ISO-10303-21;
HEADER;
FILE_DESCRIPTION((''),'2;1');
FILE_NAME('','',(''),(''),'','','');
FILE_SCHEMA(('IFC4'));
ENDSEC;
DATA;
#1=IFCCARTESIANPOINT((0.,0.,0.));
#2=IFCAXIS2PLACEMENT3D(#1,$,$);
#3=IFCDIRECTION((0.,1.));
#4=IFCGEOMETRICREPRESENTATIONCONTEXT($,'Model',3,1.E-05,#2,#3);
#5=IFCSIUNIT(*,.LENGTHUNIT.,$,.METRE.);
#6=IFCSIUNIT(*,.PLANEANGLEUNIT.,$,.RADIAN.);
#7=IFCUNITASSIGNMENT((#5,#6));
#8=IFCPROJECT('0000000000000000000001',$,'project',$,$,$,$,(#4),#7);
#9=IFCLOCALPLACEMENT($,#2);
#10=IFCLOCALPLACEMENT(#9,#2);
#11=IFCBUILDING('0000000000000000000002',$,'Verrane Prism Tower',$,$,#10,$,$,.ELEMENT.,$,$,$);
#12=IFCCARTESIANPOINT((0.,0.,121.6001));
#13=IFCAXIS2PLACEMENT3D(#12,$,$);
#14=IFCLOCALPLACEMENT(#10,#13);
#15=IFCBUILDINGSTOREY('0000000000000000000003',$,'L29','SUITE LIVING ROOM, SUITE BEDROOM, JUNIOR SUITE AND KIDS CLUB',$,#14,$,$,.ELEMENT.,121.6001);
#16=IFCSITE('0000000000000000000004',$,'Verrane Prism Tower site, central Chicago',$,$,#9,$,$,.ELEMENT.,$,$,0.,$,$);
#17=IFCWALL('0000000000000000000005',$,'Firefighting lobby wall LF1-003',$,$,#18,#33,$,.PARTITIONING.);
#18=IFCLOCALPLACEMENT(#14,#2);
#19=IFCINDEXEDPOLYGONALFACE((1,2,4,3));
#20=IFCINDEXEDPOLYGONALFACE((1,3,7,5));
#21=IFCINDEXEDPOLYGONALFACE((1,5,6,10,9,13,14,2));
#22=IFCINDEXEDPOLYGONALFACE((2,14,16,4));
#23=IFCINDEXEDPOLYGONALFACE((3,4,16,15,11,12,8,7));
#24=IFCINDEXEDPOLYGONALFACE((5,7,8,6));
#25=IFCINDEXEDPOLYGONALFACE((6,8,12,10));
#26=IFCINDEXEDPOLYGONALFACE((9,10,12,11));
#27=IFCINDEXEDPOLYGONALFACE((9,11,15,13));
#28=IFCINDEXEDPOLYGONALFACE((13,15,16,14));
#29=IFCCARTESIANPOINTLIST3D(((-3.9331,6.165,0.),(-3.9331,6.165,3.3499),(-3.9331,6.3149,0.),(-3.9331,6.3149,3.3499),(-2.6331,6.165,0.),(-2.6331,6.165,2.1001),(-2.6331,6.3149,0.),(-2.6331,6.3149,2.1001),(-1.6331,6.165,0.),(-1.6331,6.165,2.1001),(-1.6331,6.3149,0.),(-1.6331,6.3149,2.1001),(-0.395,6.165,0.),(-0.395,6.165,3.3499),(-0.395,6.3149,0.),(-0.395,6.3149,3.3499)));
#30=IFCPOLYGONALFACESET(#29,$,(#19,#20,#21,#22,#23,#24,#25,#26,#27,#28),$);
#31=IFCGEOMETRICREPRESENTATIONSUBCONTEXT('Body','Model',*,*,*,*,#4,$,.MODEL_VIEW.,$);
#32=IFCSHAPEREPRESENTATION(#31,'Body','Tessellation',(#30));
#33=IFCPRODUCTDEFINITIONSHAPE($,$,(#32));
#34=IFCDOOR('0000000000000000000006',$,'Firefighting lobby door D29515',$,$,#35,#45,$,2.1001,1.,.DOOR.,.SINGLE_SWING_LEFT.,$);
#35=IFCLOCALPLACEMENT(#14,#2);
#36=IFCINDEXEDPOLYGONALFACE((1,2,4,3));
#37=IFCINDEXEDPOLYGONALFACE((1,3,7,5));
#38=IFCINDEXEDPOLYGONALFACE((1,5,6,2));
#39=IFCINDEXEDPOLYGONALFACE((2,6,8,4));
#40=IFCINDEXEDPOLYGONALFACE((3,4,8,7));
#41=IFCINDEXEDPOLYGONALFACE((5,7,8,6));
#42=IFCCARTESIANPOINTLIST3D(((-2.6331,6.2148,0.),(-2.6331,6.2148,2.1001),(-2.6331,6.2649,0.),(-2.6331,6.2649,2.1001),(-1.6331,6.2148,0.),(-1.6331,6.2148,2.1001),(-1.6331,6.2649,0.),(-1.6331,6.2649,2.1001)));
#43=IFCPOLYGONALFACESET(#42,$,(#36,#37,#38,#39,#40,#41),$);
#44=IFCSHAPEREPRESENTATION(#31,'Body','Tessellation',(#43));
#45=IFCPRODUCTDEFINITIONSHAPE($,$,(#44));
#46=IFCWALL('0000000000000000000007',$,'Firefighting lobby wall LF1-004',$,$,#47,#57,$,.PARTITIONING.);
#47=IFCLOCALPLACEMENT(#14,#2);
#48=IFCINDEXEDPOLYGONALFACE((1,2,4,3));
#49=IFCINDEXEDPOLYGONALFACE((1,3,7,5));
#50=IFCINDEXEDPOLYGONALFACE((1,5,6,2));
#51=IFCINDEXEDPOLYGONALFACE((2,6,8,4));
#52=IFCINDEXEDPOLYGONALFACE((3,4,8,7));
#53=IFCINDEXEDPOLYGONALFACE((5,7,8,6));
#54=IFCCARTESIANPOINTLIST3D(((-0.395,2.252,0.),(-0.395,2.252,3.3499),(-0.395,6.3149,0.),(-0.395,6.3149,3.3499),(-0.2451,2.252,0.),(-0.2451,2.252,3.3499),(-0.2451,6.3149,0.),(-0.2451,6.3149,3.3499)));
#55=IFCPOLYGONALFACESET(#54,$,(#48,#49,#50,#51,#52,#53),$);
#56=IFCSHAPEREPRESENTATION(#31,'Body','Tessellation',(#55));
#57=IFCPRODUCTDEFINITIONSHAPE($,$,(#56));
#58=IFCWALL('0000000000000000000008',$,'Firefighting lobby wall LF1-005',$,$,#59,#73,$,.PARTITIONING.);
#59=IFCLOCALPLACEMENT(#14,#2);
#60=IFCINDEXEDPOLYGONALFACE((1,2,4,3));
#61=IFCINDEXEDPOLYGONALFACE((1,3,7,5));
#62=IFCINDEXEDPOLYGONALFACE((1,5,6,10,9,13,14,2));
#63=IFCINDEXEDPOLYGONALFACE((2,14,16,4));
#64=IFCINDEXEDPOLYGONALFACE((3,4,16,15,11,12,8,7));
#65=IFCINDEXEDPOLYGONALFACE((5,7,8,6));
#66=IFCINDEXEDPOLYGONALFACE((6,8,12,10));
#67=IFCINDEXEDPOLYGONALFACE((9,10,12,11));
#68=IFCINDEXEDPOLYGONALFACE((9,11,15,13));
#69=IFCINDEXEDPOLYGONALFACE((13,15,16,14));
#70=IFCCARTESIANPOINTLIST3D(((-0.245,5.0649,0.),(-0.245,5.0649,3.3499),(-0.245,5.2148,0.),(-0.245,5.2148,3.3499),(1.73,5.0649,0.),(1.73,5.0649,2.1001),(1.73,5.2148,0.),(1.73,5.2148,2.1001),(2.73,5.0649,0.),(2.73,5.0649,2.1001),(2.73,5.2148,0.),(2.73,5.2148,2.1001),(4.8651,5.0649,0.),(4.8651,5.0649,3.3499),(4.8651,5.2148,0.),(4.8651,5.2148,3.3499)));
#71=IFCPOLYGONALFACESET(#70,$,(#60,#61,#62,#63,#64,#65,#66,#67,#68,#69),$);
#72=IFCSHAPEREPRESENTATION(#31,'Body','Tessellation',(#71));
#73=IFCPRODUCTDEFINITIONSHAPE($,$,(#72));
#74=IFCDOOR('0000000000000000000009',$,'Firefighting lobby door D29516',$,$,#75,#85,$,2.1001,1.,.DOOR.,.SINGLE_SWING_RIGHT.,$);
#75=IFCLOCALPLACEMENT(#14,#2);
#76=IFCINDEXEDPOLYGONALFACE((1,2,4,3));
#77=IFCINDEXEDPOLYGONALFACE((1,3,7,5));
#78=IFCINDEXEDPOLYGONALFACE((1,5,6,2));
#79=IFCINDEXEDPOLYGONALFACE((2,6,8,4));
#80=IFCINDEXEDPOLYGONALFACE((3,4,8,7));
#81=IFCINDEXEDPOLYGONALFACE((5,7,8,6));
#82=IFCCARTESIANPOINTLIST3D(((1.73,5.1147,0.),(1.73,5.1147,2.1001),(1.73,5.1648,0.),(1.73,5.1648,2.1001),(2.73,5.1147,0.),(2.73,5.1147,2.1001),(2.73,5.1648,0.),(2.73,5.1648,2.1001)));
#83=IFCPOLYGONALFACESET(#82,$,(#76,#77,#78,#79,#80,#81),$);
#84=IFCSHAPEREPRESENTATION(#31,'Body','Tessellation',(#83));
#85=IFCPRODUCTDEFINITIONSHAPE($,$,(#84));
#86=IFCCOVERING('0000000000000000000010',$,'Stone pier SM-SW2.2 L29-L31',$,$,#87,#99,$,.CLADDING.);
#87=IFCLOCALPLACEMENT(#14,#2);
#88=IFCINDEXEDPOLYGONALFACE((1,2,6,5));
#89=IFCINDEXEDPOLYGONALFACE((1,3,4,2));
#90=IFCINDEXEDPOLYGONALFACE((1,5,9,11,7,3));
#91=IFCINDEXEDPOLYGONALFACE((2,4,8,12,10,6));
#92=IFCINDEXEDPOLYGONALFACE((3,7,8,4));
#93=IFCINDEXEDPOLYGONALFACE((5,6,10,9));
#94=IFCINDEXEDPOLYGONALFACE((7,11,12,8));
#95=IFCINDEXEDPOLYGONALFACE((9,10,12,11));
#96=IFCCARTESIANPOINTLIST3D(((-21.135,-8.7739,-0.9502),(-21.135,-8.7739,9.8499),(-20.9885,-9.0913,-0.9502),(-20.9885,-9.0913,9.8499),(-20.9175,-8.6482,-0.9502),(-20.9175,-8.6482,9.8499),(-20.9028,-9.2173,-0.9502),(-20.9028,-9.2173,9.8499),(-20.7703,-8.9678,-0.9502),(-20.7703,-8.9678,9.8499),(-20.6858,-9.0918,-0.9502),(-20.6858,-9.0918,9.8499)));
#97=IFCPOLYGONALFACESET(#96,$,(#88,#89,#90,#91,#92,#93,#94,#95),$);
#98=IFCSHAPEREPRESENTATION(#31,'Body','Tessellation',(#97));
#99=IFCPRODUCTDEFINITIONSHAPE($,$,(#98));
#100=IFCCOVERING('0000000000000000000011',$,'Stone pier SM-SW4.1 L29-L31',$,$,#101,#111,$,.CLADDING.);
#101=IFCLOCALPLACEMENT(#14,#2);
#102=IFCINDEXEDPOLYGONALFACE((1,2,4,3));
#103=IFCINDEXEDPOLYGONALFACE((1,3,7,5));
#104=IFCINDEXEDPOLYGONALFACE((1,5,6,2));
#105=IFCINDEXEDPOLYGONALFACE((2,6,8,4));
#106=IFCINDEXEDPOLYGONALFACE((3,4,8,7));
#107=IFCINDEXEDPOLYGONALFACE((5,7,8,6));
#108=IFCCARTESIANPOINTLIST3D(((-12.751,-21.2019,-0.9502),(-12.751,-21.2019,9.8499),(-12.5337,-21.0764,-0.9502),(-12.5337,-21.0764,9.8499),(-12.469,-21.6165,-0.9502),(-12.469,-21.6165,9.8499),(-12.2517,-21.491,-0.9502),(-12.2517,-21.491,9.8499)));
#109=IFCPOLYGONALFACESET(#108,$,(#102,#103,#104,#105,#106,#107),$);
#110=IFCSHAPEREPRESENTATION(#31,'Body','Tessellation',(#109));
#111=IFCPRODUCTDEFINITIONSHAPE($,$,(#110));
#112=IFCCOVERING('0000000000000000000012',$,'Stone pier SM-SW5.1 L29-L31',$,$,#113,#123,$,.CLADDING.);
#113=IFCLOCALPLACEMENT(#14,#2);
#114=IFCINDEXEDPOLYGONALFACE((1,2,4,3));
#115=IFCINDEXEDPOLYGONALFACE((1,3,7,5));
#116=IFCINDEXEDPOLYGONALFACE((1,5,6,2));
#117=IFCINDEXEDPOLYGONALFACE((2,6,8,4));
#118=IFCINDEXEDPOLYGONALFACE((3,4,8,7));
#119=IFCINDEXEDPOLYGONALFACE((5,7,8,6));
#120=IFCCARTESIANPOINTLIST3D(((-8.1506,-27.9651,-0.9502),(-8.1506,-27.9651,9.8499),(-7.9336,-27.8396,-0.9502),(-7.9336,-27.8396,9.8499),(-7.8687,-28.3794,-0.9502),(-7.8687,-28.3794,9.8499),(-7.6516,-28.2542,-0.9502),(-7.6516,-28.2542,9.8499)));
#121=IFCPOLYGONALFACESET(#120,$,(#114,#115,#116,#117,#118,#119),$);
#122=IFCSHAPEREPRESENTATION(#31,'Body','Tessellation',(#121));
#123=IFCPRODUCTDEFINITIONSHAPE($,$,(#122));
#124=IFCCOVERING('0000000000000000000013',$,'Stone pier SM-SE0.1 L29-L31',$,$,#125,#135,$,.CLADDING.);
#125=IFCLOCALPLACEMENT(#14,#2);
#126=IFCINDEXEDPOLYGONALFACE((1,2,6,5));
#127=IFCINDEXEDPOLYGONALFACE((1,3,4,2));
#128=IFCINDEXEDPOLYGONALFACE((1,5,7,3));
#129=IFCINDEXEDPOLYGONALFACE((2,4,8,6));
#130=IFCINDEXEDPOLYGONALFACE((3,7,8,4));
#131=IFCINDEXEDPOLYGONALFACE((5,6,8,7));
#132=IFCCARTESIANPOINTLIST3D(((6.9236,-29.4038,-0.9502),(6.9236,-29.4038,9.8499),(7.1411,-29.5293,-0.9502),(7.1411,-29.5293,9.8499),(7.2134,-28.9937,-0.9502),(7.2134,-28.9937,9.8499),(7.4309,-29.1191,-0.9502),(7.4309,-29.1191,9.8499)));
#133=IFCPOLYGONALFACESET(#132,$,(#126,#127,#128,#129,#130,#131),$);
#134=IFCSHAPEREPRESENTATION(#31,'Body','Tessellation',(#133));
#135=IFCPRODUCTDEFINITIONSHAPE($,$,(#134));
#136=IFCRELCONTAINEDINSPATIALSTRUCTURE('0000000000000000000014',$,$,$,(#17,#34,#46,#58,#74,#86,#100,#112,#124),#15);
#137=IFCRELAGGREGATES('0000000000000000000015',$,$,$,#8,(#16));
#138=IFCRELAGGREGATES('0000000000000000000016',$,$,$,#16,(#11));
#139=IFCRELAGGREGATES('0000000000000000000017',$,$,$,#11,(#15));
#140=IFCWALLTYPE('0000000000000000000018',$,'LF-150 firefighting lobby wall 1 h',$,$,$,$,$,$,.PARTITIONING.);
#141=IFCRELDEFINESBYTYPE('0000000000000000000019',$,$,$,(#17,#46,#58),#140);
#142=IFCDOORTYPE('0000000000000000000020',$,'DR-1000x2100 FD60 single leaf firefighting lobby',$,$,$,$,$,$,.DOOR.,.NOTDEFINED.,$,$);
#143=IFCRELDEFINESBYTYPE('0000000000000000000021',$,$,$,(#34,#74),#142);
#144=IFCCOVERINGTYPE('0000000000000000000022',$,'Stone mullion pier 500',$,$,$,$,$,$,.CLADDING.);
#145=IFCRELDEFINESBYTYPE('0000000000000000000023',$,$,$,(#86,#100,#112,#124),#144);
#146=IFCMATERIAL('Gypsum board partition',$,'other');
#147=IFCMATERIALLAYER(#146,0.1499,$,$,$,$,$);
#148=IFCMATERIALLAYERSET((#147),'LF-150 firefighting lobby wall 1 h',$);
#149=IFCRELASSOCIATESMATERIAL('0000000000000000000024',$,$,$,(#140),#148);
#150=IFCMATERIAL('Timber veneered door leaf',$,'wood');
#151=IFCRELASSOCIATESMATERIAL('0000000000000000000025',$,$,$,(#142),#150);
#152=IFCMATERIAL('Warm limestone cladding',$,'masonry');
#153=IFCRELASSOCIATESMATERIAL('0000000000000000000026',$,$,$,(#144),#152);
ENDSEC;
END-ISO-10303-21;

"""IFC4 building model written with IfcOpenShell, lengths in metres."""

from ifc_helpers import new_model, si_unit, direction, frame, frame_2d, origin, place, context, subcontext, project, spatial, polyline, rectangle, outline, extrude, material, layer, layer_set, type_object, element, fill, save


model = new_model("IFC4")

# Units and contexts
model_context = context("Model", 3, precision=1e-05, world=origin(), true_north=direction((0.0, 1.0)))
body_context = subcontext(model_context, "Body", "Model", "MODEL_VIEW")
ifc_project = project(units=[si_unit("LENGTHUNIT", "METRE"), si_unit("PLANEANGLEUNIT", "RADIAN")], contexts=[model_context])

# Site, building, storey
site_placement = place(None, origin())
site = spatial("IfcSite", under=ifc_project, at=site_placement, Name="Verrane Prism Tower site, central Chicago", CompositionType="ELEMENT", RefElevation=0.0)
building_placement = place(site_placement, origin())
building = spatial("IfcBuilding", under=site, at=building_placement, Name="Verrane Prism Tower", CompositionType="ELEMENT")
storey_placement = place(building_placement, frame((0.0, 0.0, 121.6001)))
storey = spatial("IfcBuildingStorey", under=building, at=storey_placement, Name="L29", Description="SUITE LIVING ROOM, SUITE BEDROOM, JUNIOR SUITE AND KIDS CLUB", CompositionType="ELEMENT", Elevation=121.6001)

# Shared definitions
ifc_material_1 = material(Name="Gypsum board partition", Category="other")
ifc_layer_1 = layer(ifc_material_1, 0.1499)
ifc_layer_set_1 = layer_set([ifc_layer_1], Name="LF-150 firefighting lobby wall 1 h")
wall_type_1 = type_object("IfcWallType", Name="LF-150 firefighting lobby wall 1 h", PredefinedType="PARTITIONING", material=ifc_layer_set_1)

# Wall, opening, door
wall_1_placement = place(storey_placement, frame((-3.9331, 6.24, 0.0), z_axis=(0.0, 0.0, 1.0), x_axis=(1.0, 0.0, 0.0)))
wall_1 = element("IfcWall", 1, at=wall_1_placement, inside=storey, type_object=wall_type_1, Name="Firefighting lobby wall LF1-003", PredefinedType="PARTITIONING", context=body_context, shape_type="SweptSolid", body=[
    extrude(rectangle(XDim=3.5381, YDim=0.1499, at=frame_2d((1.769, 0.0))), origin(), (0.0, 0.0, 1.0), 3.3499),
])
opening_1_placement = place(wall_1_placement, frame((1.3, 0.0, 0.0)))
opening_1 = element("IfcOpeningElement", 2, at=opening_1_placement, cuts=wall_1, PredefinedType="OPENING", context=body_context, shape_type="SweptSolid", body=[
    extrude(rectangle(XDim=1.0, YDim=2.1001, at=frame_2d((0.5, 1.05))), frame((0.0, 0.085, 0.0), z_axis=(0.0, -1.0, 0.0), x_axis=(1.0, 0.0, 0.0)), (0.0, 0.0, 1.0), 0.1699),
])
ifc_material_2 = material(Name="Timber veneered door leaf", Category="wood")
door_type_1 = type_object("IfcDoorType", Name="DR-1000x2100 FD60 single leaf firefighting lobby", OperationType="NOTDEFINED", PredefinedType="DOOR", material=ifc_material_2)
door_1_placement = place(opening_1_placement, origin())
door_1 = element("IfcDoor", 3, at=door_1_placement, inside=storey, type_object=door_type_1, Name="Firefighting lobby door D29515", OperationType="SINGLE_SWING_LEFT", OverallHeight=2.1001, OverallWidth=1.0, PredefinedType="DOOR", context=body_context, shape_type="SweptSolid", body=[
    extrude(rectangle(XDim=1.0, YDim=2.1001, at=frame_2d((0.5, 1.05))), frame((0.0, 0.0249, 0.0), z_axis=(0.0, -1.0, 0.0), x_axis=(1.0, 0.0, 0.0)), (0.0, 0.0, 1.0), 0.05),
])
fill(opening_1, door_1)

# Wall
wall_2_placement = place(storey_placement, frame((-0.3201, 2.252, 0.0), z_axis=(0.0, 0.0, 1.0), x_axis=(0.0, 1.0, 0.0)))
element("IfcWall", 4, at=wall_2_placement, inside=storey, type_object=wall_type_1, Name="Firefighting lobby wall LF1-004", PredefinedType="PARTITIONING", context=body_context, shape_type="SweptSolid", body=[
    extrude(rectangle(XDim=4.063, YDim=0.1499, at=frame_2d((2.0315, 0.0))), origin(), (0.0, 0.0, 1.0), 3.3499),
])

# Wall, opening, door
wall_3_placement = place(storey_placement, frame((-0.2451, 5.1399, 0.0), z_axis=(0.0, 0.0, 1.0), x_axis=(1.0, 0.0, 0.0)))
wall_3 = element("IfcWall", 5, at=wall_3_placement, inside=storey, type_object=wall_type_1, Name="Firefighting lobby wall LF1-005", PredefinedType="PARTITIONING", context=body_context, shape_type="SweptSolid", body=[
    extrude(rectangle(XDim=5.1101, YDim=0.1499, at=frame_2d((2.5552, 0.0))), origin(), (0.0, 0.0, 1.0), 3.3499),
])
opening_2_placement = place(wall_3_placement, frame((1.9751, 0.0, 0.0)))
opening_2 = element("IfcOpeningElement", 6, at=opening_2_placement, cuts=wall_3, PredefinedType="OPENING", context=body_context, shape_type="SweptSolid", body=[
    extrude(rectangle(XDim=1.0, YDim=2.1001, at=frame_2d((0.5, 1.05))), frame((0.0, 0.085, 0.0), z_axis=(0.0, -1.0, 0.0), x_axis=(1.0, 0.0, 0.0)), (0.0, 0.0, 1.0), 0.1699),
])
door_2_placement = place(opening_2_placement, origin())
door_2 = element("IfcDoor", 7, at=door_2_placement, inside=storey, type_object=door_type_1, Name="Firefighting lobby door D29516", OperationType="SINGLE_SWING_RIGHT", OverallHeight=2.1001, OverallWidth=1.0, PredefinedType="DOOR", context=body_context, shape_type="SweptSolid", body=[
    extrude(rectangle(XDim=1.0, YDim=2.1001, at=frame_2d((0.5, 1.05))), frame((0.0, 0.0249, 0.0), z_axis=(0.0, -1.0, 0.0), x_axis=(1.0, 0.0, 0.0)), (0.0, 0.0, 1.0), 0.05),
])
fill(opening_2, door_2)

# Coverings
ifc_material_3 = material(Name="Warm limestone cladding", Category="masonry")
covering_type = type_object("IfcCoveringType", Name="Stone mullion pier 500", PredefinedType="CLADDING", material=ifc_material_3)
covering_1_placement = place(storey_placement, frame((0.0, 0.0, -0.9502)))
element("IfcCovering", 8, at=covering_1_placement, inside=storey, type_object=covering_type, Name="Stone pier SM-SW2.2 L29-L31", PredefinedType="CLADDING", context=body_context, shape_type="SweptSolid", body=[
    extrude(outline(polyline([(-20.6858, -9.0918), (-20.7703, -8.9678), (-20.9175, -8.6482), (-21.135, -8.7739), (-20.9885, -9.0913), (-20.9028, -9.2173), (-20.6858, -9.0918)])), origin(), (0.0, 0.0, 1.0), 10.8),
])
covering_2_placement = place(storey_placement, frame((0.0, 0.0, -0.9502)))
element("IfcCovering", 9, at=covering_2_placement, inside=storey, type_object=covering_type, Name="Stone pier SM-SW4.1 L29-L31", PredefinedType="CLADDING", context=body_context, shape_type="SweptSolid", body=[
    extrude(outline(polyline([(-12.2517, -21.491), (-12.5337, -21.0764), (-12.751, -21.2019), (-12.469, -21.6165), (-12.2517, -21.491)])), origin(), (0.0, 0.0, 1.0), 10.8),
])
covering_3_placement = place(storey_placement, frame((0.0, 0.0, -0.9502)))
element("IfcCovering", 10, at=covering_3_placement, inside=storey, type_object=covering_type, Name="Stone pier SM-SW5.1 L29-L31", PredefinedType="CLADDING", context=body_context, shape_type="SweptSolid", body=[
    extrude(outline(polyline([(-7.6516, -28.2542), (-7.9336, -27.8396), (-8.1506, -27.9651), (-7.8687, -28.3794), (-7.6516, -28.2542)])), origin(), (0.0, 0.0, 1.0), 10.8),
])
covering_4_placement = place(storey_placement, frame((0.0, 0.0, -0.9502)))
element("IfcCovering", 11, at=covering_4_placement, inside=storey, type_object=covering_type, Name="Stone pier SM-SE0.1 L29-L31", PredefinedType="CLADDING", context=body_context, shape_type="SweptSolid", body=[
    extrude(outline(polyline([(7.2134, -28.9937), (6.9236, -29.4038), (7.1411, -29.5293), (7.4309, -29.1191), (7.2134, -28.9937)])), origin(), (0.0, 0.0, 1.0), 10.8),
])

save(model, "model.ifc")
